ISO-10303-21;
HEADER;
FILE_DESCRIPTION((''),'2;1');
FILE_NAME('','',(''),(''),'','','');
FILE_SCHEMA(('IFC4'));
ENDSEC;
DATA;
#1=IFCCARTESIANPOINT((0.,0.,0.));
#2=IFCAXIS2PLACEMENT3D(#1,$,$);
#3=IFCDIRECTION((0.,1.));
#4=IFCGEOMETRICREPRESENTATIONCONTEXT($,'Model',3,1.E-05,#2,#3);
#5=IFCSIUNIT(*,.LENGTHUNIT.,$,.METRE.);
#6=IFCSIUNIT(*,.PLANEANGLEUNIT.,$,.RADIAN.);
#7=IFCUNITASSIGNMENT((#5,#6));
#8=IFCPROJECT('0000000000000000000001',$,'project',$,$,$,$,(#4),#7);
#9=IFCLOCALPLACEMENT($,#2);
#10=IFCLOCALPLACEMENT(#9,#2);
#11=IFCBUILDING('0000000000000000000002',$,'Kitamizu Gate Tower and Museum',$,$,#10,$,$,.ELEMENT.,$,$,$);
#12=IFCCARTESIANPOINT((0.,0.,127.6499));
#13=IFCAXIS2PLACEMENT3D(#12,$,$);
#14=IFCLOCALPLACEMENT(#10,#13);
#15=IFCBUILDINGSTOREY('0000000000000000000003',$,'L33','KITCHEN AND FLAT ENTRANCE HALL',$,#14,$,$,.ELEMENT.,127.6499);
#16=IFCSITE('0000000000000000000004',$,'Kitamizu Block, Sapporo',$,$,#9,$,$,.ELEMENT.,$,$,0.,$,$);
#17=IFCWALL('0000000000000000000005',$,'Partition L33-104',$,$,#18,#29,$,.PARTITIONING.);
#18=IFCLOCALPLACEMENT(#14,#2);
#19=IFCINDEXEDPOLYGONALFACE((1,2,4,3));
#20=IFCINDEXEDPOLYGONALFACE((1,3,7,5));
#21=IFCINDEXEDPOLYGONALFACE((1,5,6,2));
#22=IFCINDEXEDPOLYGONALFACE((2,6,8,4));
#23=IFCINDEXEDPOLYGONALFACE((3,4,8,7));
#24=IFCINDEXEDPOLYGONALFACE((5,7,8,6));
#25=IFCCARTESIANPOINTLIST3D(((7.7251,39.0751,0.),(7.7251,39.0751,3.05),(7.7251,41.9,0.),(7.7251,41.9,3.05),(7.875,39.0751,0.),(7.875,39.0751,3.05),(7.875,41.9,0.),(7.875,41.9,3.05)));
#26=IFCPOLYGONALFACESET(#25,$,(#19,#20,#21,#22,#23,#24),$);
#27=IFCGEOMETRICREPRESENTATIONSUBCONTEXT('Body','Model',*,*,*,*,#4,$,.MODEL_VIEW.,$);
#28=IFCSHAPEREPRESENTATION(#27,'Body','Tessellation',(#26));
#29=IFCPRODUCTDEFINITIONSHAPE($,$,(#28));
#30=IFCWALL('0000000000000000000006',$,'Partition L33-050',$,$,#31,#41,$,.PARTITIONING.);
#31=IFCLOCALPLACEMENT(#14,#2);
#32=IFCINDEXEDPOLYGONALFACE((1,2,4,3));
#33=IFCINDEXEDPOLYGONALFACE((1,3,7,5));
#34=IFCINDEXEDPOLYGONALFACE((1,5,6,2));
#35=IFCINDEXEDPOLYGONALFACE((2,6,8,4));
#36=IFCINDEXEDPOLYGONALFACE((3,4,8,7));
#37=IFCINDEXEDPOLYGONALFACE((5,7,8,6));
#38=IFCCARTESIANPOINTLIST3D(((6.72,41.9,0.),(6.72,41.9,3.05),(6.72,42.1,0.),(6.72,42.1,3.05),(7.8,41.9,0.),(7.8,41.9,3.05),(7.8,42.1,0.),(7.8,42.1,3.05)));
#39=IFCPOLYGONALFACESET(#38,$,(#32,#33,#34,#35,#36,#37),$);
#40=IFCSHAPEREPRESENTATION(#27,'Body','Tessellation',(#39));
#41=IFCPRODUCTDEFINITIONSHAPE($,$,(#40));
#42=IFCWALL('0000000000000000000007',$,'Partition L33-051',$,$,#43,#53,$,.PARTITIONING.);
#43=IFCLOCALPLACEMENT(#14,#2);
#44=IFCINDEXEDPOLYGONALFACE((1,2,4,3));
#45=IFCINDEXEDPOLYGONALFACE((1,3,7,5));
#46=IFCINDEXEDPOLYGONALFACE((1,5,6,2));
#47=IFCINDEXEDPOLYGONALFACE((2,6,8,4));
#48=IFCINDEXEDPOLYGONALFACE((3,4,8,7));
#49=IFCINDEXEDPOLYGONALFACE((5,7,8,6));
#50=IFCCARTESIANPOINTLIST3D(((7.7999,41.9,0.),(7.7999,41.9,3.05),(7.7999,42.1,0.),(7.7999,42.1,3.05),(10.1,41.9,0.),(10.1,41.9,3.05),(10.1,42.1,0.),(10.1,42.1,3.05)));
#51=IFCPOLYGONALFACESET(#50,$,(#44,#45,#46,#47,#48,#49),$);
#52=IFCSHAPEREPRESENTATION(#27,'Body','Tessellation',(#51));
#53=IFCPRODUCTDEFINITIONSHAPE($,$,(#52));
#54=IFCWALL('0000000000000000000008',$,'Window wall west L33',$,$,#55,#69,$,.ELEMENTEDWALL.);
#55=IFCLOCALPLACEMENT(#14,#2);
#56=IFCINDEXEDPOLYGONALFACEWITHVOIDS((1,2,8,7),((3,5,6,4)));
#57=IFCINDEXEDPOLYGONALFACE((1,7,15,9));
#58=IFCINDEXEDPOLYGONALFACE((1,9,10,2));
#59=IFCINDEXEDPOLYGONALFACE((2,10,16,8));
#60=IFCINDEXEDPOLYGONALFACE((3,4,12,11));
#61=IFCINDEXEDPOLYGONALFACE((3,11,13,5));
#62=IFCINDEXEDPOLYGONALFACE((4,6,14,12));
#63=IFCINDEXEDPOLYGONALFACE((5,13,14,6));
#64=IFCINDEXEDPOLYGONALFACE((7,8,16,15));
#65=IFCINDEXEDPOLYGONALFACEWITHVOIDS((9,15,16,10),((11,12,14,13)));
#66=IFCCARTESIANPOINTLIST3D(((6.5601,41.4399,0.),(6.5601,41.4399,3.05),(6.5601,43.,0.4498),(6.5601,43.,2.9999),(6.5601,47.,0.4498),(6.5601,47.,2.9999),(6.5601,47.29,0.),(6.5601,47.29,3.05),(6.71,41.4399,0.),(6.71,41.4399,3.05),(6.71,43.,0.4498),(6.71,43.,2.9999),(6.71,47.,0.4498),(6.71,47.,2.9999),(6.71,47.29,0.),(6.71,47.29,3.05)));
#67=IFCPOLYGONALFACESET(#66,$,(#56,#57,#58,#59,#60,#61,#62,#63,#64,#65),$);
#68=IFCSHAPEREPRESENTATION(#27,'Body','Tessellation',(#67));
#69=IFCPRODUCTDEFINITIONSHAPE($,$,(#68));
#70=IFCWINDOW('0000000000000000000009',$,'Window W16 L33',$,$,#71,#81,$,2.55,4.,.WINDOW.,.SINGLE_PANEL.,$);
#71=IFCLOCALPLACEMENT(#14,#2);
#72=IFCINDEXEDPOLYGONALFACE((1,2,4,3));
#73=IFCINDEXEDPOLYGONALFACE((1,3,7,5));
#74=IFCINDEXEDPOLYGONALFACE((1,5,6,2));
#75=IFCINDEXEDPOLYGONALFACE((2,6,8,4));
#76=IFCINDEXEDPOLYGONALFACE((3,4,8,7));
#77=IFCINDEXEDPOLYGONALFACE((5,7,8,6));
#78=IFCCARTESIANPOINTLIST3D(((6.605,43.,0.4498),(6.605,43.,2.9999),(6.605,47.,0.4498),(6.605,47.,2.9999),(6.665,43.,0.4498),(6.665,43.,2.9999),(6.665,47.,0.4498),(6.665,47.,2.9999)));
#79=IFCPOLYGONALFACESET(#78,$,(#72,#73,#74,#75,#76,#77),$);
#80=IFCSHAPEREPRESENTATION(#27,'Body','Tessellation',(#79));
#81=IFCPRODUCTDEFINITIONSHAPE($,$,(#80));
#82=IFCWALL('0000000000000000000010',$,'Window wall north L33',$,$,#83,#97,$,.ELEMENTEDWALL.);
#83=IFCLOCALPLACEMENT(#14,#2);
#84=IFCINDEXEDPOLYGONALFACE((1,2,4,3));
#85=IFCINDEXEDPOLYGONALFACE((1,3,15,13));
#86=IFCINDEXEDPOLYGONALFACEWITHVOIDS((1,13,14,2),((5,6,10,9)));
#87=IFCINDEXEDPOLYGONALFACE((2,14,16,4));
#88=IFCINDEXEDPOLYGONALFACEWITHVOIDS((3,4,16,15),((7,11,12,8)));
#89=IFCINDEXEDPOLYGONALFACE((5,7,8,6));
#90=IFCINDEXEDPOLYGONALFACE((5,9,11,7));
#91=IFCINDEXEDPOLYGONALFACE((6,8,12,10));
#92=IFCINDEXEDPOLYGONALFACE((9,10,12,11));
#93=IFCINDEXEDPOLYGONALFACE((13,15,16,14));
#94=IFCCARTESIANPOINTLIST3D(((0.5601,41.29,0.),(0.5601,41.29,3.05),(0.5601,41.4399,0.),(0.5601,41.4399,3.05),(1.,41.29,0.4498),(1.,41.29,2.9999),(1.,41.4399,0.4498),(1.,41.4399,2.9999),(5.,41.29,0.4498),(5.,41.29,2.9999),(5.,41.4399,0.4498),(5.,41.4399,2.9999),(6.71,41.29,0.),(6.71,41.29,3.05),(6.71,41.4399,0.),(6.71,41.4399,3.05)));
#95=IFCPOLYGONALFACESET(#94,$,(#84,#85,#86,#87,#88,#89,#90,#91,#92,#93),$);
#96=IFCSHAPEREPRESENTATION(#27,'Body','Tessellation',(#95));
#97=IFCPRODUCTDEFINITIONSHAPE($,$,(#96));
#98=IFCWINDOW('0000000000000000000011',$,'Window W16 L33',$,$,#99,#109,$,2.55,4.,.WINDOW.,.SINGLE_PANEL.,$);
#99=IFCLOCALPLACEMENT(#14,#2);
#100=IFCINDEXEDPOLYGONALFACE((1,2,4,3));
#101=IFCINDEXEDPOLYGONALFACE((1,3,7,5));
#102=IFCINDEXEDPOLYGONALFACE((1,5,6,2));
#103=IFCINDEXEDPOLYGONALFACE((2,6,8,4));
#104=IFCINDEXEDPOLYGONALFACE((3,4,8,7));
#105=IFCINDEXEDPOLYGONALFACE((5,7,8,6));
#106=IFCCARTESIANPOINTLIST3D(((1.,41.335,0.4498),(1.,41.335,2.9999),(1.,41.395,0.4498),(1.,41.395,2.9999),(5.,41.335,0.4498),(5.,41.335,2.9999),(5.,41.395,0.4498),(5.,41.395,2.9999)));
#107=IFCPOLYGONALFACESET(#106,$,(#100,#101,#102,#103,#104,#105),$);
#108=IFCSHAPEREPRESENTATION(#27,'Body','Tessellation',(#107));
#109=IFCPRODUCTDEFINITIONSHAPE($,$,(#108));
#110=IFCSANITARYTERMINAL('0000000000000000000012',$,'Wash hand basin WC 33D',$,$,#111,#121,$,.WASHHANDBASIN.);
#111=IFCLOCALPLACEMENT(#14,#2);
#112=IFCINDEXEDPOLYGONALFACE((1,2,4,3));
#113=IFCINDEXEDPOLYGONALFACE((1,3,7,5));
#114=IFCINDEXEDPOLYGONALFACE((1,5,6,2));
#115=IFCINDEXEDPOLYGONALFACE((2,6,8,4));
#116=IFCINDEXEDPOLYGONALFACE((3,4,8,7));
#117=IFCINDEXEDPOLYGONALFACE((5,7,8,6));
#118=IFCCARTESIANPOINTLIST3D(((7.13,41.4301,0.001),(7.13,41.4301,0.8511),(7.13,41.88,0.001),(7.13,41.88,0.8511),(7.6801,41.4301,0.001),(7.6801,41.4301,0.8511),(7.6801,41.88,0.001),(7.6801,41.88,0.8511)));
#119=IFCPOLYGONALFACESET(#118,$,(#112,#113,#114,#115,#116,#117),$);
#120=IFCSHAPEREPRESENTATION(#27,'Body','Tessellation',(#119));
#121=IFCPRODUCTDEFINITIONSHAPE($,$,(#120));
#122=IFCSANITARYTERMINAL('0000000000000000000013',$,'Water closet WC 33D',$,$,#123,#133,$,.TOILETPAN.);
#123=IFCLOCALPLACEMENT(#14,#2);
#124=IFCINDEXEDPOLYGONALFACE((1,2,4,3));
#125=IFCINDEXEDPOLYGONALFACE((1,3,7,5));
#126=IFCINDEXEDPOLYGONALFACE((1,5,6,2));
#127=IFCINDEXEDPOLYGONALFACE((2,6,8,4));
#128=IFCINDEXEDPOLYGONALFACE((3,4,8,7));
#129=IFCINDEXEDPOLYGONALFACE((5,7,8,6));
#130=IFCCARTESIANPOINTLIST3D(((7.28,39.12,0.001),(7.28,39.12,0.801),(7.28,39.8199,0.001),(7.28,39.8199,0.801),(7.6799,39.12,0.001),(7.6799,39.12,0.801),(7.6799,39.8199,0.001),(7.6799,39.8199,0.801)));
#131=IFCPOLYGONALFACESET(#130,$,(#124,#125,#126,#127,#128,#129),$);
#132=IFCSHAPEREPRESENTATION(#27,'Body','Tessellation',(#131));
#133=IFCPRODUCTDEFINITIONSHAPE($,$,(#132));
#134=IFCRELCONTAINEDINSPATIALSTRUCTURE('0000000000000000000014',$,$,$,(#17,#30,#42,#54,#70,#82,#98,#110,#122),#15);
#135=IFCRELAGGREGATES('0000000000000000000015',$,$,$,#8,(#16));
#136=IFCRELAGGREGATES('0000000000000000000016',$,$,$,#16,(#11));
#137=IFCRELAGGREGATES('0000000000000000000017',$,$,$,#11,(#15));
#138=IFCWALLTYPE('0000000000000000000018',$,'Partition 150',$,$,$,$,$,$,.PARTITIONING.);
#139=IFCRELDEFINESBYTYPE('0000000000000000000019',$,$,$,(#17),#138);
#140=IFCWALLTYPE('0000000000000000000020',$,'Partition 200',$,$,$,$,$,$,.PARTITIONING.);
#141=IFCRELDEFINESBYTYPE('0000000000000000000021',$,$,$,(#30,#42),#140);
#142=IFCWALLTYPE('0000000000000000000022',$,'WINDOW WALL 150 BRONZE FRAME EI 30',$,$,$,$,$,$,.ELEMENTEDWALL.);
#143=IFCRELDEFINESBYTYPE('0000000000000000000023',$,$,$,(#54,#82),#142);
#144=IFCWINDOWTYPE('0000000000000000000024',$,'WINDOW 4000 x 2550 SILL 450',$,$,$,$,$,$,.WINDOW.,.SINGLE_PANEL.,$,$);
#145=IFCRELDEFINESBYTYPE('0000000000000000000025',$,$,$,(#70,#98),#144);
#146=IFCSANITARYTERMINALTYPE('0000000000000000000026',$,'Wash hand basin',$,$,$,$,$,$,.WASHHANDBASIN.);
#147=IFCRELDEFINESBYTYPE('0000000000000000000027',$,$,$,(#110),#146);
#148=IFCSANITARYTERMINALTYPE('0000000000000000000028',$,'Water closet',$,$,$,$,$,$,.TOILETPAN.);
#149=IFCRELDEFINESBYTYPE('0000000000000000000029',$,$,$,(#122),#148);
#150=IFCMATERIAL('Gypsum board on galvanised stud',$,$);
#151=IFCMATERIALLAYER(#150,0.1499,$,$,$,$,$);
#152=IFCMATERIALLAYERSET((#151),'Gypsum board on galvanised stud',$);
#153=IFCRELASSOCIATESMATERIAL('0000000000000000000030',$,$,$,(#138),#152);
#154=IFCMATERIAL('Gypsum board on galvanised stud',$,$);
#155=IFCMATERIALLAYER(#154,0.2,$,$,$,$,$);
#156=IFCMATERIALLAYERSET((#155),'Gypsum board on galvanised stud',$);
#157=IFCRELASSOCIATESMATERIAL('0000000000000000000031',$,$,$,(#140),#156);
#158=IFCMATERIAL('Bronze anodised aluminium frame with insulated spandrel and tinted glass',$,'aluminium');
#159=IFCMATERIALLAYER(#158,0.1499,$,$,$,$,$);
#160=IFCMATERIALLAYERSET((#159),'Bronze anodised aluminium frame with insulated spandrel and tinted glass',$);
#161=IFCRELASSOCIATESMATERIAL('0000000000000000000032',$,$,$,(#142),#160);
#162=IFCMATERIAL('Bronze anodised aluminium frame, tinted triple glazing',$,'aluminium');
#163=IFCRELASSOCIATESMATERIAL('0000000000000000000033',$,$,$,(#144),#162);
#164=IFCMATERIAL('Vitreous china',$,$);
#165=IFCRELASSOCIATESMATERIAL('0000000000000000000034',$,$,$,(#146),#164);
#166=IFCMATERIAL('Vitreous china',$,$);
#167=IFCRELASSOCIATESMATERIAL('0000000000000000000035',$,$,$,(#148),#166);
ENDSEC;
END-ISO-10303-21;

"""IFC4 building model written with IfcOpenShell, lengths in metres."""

from ifc_helpers import new_model, si_unit, direction, frame, frame_2d, origin, origin_2d, place, context, subcontext, project, spatial, rectangle, extrude, material, layer, layer_set, type_object, element, fill, save


model = new_model("IFC4")

# Units and contexts
model_context = context("Model", 3, precision=1e-05, world=origin(), true_north=direction((0.0, 1.0)))
body_context = subcontext(model_context, "Body", "Model", "MODEL_VIEW")
ifc_project = project(units=[si_unit("LENGTHUNIT", "METRE"), si_unit("PLANEANGLEUNIT", "RADIAN")], contexts=[model_context])

# Site, building, storey
site_placement = place(None, origin())
site = spatial("IfcSite", under=ifc_project, at=site_placement, Name="Kitamizu Block, Sapporo", CompositionType="ELEMENT", RefElevation=0.0)
building_placement = place(site_placement, origin())
building = spatial("IfcBuilding", under=site, at=building_placement, Name="Kitamizu Gate Tower and Museum", CompositionType="ELEMENT")
storey_placement = place(building_placement, frame((0.0, 0.0, 127.6499)))
storey = spatial("IfcBuildingStorey", under=building, at=storey_placement, Name="L33", Description="KITCHEN AND FLAT ENTRANCE HALL", CompositionType="ELEMENT", Elevation=127.6499)

# Walls
ifc_material_1 = material(Name="Gypsum board on galvanised stud")
ifc_layer_1 = layer(ifc_material_1, 0.1499)
ifc_layer_set_1 = layer_set([ifc_layer_1], Name="Gypsum board on galvanised stud")
wall_type_1 = type_object("IfcWallType", Name="Partition 150", PredefinedType="PARTITIONING", material=ifc_layer_set_1)
wall_1_placement = place(storey_placement, frame((7.8, 39.075, 0.0), z_axis=(0.0, 0.0, 1.0), x_axis=(0.0, 1.0, 0.0)))
element("IfcWall", 1, at=wall_1_placement, inside=storey, type_object=wall_type_1, Name="Partition L33-104", PredefinedType="PARTITIONING", context=body_context, shape_type="SweptSolid", body=[
    extrude(rectangle(XDim=2.825, YDim=0.1499, at=frame_2d((1.4126, 0.0))), origin(), (0.0, 0.0, 1.0), 3.05),
])
ifc_material_2 = material(Name="Gypsum board on galvanised stud")
ifc_layer_2 = layer(ifc_material_2, 0.2)
ifc_layer_set_2 = layer_set([ifc_layer_2], Name="Gypsum board on galvanised stud")
wall_type_2 = type_object("IfcWallType", Name="Partition 200", PredefinedType="PARTITIONING", material=ifc_layer_set_2)
wall_2_placement = place(storey_placement, frame((6.72, 42.0, 0.0), z_axis=(0.0, 0.0, 1.0), x_axis=(1.0, 0.0, 0.0)))
element("IfcWall", 2, at=wall_2_placement, inside=storey, type_object=wall_type_2, Name="Partition L33-050", PredefinedType="PARTITIONING", context=body_context, shape_type="SweptSolid", body=[
    extrude(rectangle(XDim=1.0801, YDim=0.2, at=frame_2d((0.54, 0.0))), origin(), (0.0, 0.0, 1.0), 3.05),
])
wall_3_placement = place(storey_placement, frame((7.8, 42.0, 0.0), z_axis=(0.0, 0.0, 1.0), x_axis=(1.0, 0.0, 0.0)))
element("IfcWall", 3, at=wall_3_placement, inside=storey, type_object=wall_type_2, Name="Partition L33-051", PredefinedType="PARTITIONING", context=body_context, shape_type="SweptSolid", body=[
    extrude(rectangle(XDim=2.3, YDim=0.2, at=frame_2d((1.1499, 0.0))), origin(), (0.0, 0.0, 1.0), 3.05),
])

# Shared definitions
ifc_material_3 = material(Name="Bronze anodised aluminium frame with insulated spandrel and tinted glass", Category="aluminium")
ifc_layer_3 = layer(ifc_material_3, 0.1499)
ifc_layer_set_3 = layer_set([ifc_layer_3], Name="Bronze anodised aluminium frame with insulated spandrel and tinted glass")
wall_type_3 = type_object("IfcWallType", Name="WINDOW WALL 150 BRONZE FRAME EI 30", PredefinedType="ELEMENTEDWALL", material=ifc_layer_set_3)

# Walls, openings, windows
wall_4_placement = place(storey_placement, frame((6.635, 41.4399, 0.0), z_axis=(0.0, 0.0, 1.0), x_axis=(0.0, 1.0, 0.0)))
wall_4 = element("IfcWall", 4, at=wall_4_placement, inside=storey, type_object=wall_type_3, Name="Window wall west L33", PredefinedType="ELEMENTEDWALL", context=body_context, shape_type="SweptSolid", body=[
    extrude(rectangle(XDim=5.8501, YDim=0.1499, at=frame_2d((2.925, 0.0))), origin(), (0.0, 0.0, 1.0), 3.05),
])
opening_1_placement = place(wall_4_placement, frame((1.5601, 0.0, 0.45)))
opening_1 = element("IfcOpeningElement", 5, at=opening_1_placement, cuts=wall_4, PredefinedType="OPENING", context=body_context, shape_type="SweptSolid", body=[
    extrude(rectangle(XDim=4.0, YDim=2.55, at=frame_2d((2.0, 1.2749))), frame((0.0, 0.085, 0.0), z_axis=(0.0, -1.0, 0.0), x_axis=(1.0, 0.0, 0.0)), (0.0, 0.0, 1.0), 0.1699),
])
ifc_material_4 = material(Name="Bronze anodised aluminium frame, tinted triple glazing", Category="aluminium")
window_type_1 = type_object("IfcWindowType", Name="WINDOW 4000 x 2550 SILL 450", PartitioningType="SINGLE_PANEL", PredefinedType="WINDOW", material=ifc_material_4)
window_1_placement = place(opening_1_placement, origin())
window_1 = element("IfcWindow", 6, at=window_1_placement, inside=storey, type_object=window_type_1, Name="Window W16 L33", OverallHeight=2.55, OverallWidth=4.0, PartitioningType="SINGLE_PANEL", PredefinedType="WINDOW", context=body_context, shape_type="SweptSolid", body=[
    extrude(rectangle(XDim=4.0, YDim=2.55, at=frame_2d((2.0, 1.2749))), frame((0.0, 0.03, 0.0), z_axis=(0.0, -1.0, 0.0), x_axis=(1.0, 0.0, 0.0)), (0.0, 0.0, 1.0), 0.0601),
])
fill(opening_1, window_1)
wall_5_placement = place(storey_placement, frame((0.5601, 41.365, 0.0), z_axis=(0.0, 0.0, 1.0), x_axis=(1.0, 0.0, 0.0)))
wall_5 = element("IfcWall", 7, at=wall_5_placement, inside=storey, type_object=wall_type_3, Name="Window wall north L33", PredefinedType="ELEMENTEDWALL", context=body_context, shape_type="SweptSolid", body=[
    extrude(rectangle(XDim=6.1499, YDim=0.1499, at=frame_2d((3.075, 0.0))), origin(), (0.0, 0.0, 1.0), 3.05),
])
opening_2_placement = place(wall_5_placement, frame((0.4399, 0.0, 0.45)))
opening_2 = element("IfcOpeningElement", 8, at=opening_2_placement, cuts=wall_5, PredefinedType="OPENING", context=body_context, shape_type="SweptSolid", body=[
    extrude(rectangle(XDim=4.0, YDim=2.55, at=frame_2d((2.0, 1.2749))), frame((0.0, 0.085, 0.0), z_axis=(0.0, -1.0, 0.0), x_axis=(1.0, 0.0, 0.0)), (0.0, 0.0, 1.0), 0.1699),
])
window_2_placement = place(opening_2_placement, origin())
window_2 = element("IfcWindow", 9, at=window_2_placement, inside=storey, type_object=window_type_1, Name="Window W16 L33", OverallHeight=2.55, OverallWidth=4.0, PartitioningType="SINGLE_PANEL", PredefinedType="WINDOW", context=body_context, shape_type="SweptSolid", body=[
    extrude(rectangle(XDim=4.0, YDim=2.55, at=frame_2d((2.0, 1.2749))), frame((0.0, 0.03, 0.0), z_axis=(0.0, -1.0, 0.0), x_axis=(1.0, 0.0, 0.0)), (0.0, 0.0, 1.0), 0.0601),
])
fill(opening_2, window_2)

# Sanitary terminals
ifc_material_5 = material(Name="Vitreous china")
sanitary_terminal_type_1 = type_object("IfcSanitaryTerminalType", Name="Wash hand basin", PredefinedType="WASHHANDBASIN", material=ifc_material_5)
sanitary_terminal_1_placement = place(storey_placement, frame((7.405, 41.655, 0.001), z_axis=(0.0, 0.0, 1.0), x_axis=(1.0, 0.0, 0.0)))
element("IfcSanitaryTerminal", 10, at=sanitary_terminal_1_placement, inside=storey, type_object=sanitary_terminal_type_1, Name="Wash hand basin WC 33D", PredefinedType="WASHHANDBASIN", context=body_context, shape_type="SweptSolid", body=[
    extrude(rectangle(XDim=0.55, YDim=0.45, at=origin_2d()), origin(), (0.0, 0.0, 1.0), 0.8501),
])
ifc_material_6 = material(Name="Vitreous china")
sanitary_terminal_type_2 = type_object("IfcSanitaryTerminalType", Name="Water closet", PredefinedType="TOILETPAN", material=ifc_material_6)
sanitary_terminal_2_placement = place(storey_placement, frame((7.48, 39.47, 0.001), z_axis=(0.0, 0.0, 1.0), x_axis=(1.0, 0.0, 0.0)))
element("IfcSanitaryTerminal", 11, at=sanitary_terminal_2_placement, inside=storey, type_object=sanitary_terminal_type_2, Name="Water closet WC 33D", PredefinedType="TOILETPAN", context=body_context, shape_type="SweptSolid", body=[
    extrude(rectangle(XDim=0.3999, YDim=0.7, at=origin_2d()), origin(), (0.0, 0.0, 1.0), 0.8),
])

save(model, "model.ifc")
